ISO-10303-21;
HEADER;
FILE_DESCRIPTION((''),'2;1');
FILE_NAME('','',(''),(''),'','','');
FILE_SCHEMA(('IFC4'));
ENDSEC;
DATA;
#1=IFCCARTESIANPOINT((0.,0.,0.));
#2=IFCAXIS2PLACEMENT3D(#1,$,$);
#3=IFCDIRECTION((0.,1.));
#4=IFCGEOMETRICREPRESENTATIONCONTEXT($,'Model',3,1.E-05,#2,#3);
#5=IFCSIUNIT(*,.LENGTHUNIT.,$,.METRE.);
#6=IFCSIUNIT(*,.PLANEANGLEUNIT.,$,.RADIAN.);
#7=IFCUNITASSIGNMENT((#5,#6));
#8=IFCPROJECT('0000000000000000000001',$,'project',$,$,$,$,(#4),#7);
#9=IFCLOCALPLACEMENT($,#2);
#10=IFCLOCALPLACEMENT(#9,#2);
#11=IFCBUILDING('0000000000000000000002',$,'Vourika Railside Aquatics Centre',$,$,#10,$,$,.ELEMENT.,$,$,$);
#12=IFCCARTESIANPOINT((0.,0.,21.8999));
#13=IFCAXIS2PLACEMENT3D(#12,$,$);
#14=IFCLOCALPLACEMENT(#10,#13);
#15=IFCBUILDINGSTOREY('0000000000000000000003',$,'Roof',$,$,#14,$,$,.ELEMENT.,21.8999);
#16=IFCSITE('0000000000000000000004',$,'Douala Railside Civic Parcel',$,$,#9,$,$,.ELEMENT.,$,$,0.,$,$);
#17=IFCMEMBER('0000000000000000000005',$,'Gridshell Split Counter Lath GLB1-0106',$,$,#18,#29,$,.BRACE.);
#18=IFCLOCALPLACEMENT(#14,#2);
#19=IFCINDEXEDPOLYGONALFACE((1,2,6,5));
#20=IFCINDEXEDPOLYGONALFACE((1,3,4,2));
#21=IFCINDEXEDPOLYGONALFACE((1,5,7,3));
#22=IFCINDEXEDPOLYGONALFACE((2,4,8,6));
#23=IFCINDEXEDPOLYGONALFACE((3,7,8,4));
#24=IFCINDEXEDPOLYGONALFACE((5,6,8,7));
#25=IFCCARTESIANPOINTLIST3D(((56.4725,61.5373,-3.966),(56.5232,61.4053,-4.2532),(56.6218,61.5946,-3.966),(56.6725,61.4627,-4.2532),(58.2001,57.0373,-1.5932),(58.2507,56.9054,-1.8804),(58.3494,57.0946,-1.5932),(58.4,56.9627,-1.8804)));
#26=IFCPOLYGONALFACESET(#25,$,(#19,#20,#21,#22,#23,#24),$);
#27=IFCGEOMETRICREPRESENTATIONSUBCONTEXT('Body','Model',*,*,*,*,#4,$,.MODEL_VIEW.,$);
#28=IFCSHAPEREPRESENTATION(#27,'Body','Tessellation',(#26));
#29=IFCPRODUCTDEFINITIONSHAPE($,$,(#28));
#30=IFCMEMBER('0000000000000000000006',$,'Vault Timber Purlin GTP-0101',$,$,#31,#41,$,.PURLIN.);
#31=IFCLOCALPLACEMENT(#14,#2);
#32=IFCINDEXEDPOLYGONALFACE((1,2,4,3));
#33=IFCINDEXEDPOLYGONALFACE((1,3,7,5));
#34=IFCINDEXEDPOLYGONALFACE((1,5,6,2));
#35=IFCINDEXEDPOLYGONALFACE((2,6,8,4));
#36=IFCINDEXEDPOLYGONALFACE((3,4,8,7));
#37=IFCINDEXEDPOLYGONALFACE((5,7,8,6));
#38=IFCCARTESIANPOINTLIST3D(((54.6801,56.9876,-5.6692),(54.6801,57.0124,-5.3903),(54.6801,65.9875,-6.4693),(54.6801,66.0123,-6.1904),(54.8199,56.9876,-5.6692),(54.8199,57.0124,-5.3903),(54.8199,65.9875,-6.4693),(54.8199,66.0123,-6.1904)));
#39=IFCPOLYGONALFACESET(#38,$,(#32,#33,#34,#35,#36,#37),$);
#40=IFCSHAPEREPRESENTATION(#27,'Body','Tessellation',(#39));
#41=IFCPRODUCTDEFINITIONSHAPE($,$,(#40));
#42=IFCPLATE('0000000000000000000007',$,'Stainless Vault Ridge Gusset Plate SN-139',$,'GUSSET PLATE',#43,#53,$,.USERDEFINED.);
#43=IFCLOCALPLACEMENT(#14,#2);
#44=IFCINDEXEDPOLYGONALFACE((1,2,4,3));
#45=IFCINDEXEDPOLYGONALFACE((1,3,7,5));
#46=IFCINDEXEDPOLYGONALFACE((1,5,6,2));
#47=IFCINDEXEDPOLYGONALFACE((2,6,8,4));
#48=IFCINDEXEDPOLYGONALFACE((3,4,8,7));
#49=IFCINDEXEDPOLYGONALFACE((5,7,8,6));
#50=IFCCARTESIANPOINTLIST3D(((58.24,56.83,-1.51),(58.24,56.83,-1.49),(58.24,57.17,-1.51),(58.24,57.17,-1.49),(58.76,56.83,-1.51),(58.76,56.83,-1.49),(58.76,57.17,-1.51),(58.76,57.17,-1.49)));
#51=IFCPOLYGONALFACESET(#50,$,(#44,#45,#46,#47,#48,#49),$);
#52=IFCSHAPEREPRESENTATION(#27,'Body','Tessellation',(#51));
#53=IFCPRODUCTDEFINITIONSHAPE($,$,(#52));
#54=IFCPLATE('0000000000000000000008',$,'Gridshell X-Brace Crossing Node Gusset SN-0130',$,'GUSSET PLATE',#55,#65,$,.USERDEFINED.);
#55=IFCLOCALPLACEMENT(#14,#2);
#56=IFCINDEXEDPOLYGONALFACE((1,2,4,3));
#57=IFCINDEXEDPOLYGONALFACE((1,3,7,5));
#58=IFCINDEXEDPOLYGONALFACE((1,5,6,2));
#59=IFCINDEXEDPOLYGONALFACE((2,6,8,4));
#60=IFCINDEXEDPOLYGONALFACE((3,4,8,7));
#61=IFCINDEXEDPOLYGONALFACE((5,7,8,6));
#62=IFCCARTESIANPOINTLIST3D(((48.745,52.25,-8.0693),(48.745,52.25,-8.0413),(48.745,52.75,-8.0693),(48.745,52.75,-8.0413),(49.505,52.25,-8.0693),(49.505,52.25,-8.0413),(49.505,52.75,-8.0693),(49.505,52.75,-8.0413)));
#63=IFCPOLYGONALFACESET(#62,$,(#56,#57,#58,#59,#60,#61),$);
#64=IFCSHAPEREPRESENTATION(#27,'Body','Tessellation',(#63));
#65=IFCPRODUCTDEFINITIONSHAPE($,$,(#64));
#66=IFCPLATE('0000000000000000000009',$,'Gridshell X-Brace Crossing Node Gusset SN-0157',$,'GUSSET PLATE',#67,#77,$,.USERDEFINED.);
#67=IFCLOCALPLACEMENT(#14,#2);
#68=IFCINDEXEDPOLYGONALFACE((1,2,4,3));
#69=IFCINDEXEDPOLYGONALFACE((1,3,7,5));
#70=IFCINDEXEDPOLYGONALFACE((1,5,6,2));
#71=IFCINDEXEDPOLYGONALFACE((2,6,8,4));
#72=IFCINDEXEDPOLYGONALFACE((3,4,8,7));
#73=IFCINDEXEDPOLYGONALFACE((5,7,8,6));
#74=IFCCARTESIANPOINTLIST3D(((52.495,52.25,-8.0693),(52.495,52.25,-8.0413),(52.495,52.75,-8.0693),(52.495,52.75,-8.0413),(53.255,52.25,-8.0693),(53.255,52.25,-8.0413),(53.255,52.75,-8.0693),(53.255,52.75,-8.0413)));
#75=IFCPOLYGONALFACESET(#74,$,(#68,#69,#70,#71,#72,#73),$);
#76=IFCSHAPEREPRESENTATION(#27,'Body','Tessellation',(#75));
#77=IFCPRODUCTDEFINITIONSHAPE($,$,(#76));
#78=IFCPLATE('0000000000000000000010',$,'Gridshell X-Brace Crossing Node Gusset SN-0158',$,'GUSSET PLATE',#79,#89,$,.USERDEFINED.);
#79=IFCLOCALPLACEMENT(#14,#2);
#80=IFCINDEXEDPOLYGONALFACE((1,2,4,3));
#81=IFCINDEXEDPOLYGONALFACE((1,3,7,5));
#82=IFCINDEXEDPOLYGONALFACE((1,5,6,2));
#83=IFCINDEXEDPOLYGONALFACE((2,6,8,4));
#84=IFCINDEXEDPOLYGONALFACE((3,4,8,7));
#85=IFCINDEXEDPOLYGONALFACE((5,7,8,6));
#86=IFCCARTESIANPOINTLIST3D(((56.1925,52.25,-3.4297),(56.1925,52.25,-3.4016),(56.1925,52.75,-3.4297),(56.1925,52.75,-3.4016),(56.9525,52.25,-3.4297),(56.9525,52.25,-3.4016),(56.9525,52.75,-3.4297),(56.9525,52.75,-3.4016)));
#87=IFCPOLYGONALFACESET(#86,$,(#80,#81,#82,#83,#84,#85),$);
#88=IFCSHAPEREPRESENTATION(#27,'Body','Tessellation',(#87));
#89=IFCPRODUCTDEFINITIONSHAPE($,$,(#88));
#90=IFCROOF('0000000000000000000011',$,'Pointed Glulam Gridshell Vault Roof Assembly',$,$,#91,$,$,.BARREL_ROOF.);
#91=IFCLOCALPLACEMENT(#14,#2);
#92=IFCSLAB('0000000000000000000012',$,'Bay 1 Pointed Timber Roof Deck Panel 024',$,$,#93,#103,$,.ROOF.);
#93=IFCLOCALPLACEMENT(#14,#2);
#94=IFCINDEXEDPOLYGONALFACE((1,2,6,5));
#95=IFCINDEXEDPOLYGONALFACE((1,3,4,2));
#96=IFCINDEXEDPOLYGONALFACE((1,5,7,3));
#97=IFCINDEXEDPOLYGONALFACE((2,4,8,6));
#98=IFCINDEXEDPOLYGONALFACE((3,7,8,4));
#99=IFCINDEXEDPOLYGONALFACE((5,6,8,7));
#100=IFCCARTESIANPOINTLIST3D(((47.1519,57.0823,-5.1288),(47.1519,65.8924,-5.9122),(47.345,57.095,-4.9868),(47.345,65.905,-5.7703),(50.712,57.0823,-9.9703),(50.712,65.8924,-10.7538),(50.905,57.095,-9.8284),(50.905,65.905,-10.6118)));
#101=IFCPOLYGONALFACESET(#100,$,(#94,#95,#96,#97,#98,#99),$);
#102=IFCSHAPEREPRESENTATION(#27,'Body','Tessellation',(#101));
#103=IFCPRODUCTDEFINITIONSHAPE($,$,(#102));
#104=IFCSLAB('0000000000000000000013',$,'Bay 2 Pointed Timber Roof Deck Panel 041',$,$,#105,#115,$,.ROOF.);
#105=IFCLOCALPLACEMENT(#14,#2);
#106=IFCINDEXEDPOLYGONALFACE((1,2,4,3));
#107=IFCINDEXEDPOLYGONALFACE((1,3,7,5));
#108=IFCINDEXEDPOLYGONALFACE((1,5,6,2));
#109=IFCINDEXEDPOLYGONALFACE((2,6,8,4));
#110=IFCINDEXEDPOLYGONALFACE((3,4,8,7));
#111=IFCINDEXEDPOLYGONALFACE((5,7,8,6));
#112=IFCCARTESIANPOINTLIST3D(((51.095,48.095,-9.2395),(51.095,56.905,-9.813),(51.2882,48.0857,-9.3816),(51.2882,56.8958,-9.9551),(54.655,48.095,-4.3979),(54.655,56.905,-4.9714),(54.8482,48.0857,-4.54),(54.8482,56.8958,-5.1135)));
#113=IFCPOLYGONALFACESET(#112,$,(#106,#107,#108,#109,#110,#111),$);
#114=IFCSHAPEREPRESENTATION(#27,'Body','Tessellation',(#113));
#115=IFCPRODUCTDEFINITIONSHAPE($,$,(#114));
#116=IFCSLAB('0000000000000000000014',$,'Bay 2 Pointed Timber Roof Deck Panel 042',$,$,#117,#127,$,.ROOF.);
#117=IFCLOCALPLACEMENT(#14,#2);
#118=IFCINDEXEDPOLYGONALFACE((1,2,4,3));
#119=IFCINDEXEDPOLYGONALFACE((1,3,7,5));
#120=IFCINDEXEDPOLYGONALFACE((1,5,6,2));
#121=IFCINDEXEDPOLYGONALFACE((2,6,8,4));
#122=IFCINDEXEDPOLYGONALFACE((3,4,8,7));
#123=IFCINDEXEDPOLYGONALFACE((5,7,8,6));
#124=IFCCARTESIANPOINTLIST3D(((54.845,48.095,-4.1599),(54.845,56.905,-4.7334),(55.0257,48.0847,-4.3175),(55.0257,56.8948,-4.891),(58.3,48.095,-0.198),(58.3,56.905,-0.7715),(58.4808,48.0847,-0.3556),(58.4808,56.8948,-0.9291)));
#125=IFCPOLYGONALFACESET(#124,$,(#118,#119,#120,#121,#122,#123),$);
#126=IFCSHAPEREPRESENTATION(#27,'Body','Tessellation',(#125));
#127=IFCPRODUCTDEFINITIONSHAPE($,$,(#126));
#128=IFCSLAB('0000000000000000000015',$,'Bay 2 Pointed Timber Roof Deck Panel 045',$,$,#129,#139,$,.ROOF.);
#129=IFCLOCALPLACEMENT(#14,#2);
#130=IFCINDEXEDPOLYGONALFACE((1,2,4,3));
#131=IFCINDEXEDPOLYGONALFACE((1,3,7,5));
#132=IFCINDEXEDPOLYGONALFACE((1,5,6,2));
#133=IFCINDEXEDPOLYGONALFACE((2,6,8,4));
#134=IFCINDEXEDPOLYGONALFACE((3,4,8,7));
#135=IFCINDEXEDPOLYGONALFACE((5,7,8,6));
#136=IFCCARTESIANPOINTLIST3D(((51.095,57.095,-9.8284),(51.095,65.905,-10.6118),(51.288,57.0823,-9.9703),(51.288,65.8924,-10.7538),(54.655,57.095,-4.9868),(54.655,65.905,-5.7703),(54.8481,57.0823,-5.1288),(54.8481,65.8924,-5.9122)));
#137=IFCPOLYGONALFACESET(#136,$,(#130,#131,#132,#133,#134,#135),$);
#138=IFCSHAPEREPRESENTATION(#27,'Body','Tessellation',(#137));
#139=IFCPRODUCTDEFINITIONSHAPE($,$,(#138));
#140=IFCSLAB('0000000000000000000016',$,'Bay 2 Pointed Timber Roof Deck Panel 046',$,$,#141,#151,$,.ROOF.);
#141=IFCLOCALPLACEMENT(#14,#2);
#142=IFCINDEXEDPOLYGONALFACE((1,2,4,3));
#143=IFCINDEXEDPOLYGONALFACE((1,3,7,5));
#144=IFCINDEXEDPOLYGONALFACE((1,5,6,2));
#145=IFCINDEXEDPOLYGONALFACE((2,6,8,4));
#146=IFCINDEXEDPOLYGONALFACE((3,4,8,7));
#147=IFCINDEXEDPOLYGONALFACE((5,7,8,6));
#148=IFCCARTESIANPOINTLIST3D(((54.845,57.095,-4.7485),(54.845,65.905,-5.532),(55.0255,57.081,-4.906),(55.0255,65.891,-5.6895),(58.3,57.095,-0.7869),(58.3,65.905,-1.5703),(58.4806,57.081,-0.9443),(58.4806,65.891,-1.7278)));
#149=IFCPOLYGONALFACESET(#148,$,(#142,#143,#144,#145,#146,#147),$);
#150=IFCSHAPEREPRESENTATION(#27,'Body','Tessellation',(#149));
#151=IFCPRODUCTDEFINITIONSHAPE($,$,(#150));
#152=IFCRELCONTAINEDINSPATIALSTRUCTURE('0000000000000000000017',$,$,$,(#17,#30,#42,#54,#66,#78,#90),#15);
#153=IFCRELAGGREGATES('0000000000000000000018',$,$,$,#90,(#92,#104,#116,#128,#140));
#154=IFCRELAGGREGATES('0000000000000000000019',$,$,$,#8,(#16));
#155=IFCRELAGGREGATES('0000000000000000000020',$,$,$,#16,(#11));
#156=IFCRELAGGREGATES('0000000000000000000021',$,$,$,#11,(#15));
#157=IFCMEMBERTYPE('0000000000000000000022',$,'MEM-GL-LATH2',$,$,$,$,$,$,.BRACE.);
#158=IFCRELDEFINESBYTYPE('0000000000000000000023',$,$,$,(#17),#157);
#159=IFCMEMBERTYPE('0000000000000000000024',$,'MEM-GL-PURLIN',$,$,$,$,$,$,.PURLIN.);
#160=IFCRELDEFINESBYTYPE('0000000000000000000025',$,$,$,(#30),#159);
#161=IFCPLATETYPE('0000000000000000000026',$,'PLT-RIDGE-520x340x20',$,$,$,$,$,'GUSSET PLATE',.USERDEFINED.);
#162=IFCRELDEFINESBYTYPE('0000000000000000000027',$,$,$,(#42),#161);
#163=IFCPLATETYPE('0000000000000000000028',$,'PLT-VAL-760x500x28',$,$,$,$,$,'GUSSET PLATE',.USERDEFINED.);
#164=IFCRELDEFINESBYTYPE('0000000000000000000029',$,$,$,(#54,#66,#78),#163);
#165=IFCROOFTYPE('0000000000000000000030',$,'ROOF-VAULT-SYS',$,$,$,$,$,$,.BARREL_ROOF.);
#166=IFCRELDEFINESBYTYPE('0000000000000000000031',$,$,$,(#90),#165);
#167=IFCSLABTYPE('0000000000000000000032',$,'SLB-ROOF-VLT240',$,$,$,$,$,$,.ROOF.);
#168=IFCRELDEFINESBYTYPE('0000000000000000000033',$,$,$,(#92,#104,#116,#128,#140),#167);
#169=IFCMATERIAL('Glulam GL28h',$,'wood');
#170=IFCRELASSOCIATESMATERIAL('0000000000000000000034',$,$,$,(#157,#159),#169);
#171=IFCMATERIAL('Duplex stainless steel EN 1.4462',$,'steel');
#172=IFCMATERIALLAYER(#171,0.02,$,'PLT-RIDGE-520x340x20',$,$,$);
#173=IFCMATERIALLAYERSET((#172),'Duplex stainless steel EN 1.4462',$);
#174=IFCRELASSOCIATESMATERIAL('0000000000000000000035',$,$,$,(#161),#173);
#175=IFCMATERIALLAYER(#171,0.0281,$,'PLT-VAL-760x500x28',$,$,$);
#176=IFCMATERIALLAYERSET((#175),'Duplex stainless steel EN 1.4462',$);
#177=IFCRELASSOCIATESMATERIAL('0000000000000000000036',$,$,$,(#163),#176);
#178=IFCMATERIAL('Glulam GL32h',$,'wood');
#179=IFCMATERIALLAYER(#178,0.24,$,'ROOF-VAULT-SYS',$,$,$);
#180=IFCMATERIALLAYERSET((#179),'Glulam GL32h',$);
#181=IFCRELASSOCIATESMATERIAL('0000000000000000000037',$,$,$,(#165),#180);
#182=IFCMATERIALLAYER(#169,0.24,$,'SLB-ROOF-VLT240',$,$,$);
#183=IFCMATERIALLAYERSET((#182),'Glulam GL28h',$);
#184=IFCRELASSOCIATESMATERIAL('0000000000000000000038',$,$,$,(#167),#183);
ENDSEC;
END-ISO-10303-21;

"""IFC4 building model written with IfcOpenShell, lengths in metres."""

from ifc_helpers import new_model, si_unit, direction, frame, origin, origin_2d, place, context, subcontext, project, spatial, polyline, rectangle, outline, extrude, material, layer, layer_set, material_profile, profile_set, type_object, element, aggregate, save


model = new_model("IFC4")

# Units and contexts
model_context = context("Model", 3, precision=1e-05, world=origin(), true_north=direction((0.0, 1.0)))
body_context = subcontext(model_context, "Body", "Model", "MODEL_VIEW")
ifc_project = project(units=[si_unit("LENGTHUNIT", "METRE"), si_unit("PLANEANGLEUNIT", "RADIAN")], contexts=[model_context])

# Site, building, storey
site_placement = place(None, origin())
site = spatial("IfcSite", under=ifc_project, at=site_placement, Name="Douala Railside Civic Parcel", CompositionType="ELEMENT", RefElevation=0.0)
building_placement = place(site_placement, origin())
building = spatial("IfcBuilding", under=site, at=building_placement, Name="Vourika Railside Aquatics Centre", CompositionType="ELEMENT")
storey_placement = place(building_placement, frame((0.0, 0.0, 21.8999)))
storey = spatial("IfcBuildingStorey", under=building, at=storey_placement, Name="Roof", CompositionType="ELEMENT", Elevation=21.8999)

# Shared definitions
ifc_material_1 = material(Name="Glulam GL32h", Category="wood")

# Members
ifc_material_2 = material(Name="Glulam GL28h", Category="wood")
ifc_material_profile_1 = material_profile(ifc_material_2, rectangle(XDim=0.1599, YDim=0.3201, at=origin_2d()), Name="GL28h 160x320")
ifc_profile_set_1 = profile_set([ifc_material_profile_1], Name="Glulam GL28h")
member_type_1 = type_object("IfcMemberType", Name="MEM-GL-LATH2", PredefinedType="BRACE", material=ifc_profile_set_1)
member_1_placement = place(storey_placement, frame((58.3, 57.0, -1.7368), z_axis=(-0.321548, 0.837587, -0.441651), x_axis=(-0.93357, -0.358395, 0.0)))
element("IfcMember", 1, at=member_1_placement, inside=storey, type_object=member_type_1, Name="Gridshell Split Counter Lath GLB1-0106", PredefinedType="BRACE", context=body_context, shape_type="SweptSolid", body=[
    extrude(rectangle(XDim=0.1599, YDim=0.3201, at=origin_2d()), origin(), (0.0, 0.0, 1.0), 5.3726),
])
ifc_material_profile_2 = material_profile(ifc_material_2, rectangle(XDim=0.1399, YDim=0.28, at=origin_2d()), Name="GL28h 140x280")
ifc_profile_set_2 = profile_set([ifc_material_profile_2], Name="Glulam GL28h")
member_type_2 = type_object("IfcMemberType", Name="MEM-GL-PURLIN", PredefinedType="PURLIN", material=ifc_profile_set_2)
member_2_placement = place(storey_placement, frame((54.75, 57.0, -5.5298), z_axis=(0.0, 0.996072, -0.088545), x_axis=(-1.0, 0.0, 0.0)))
element("IfcMember", 2, at=member_2_placement, inside=storey, type_object=member_type_2, Name="Vault Timber Purlin GTP-0101", PredefinedType="PURLIN", context=body_context, shape_type="SweptSolid", body=[
    extrude(rectangle(XDim=0.1399, YDim=0.28, at=origin_2d()), origin(), (0.0, 0.0, 1.0), 9.0354),
])

# Plates
ifc_material_3 = material(Name="Duplex stainless steel EN 1.4462", Category="steel")
ifc_layer_1 = layer(ifc_material_3, 0.02, Name="PLT-RIDGE-520x340x20")
ifc_layer_set_1 = layer_set([ifc_layer_1], Name="Duplex stainless steel EN 1.4462")
plate_type_1 = type_object("IfcPlateType", Name="PLT-RIDGE-520x340x20", ElementType="GUSSET PLATE", PredefinedType="USERDEFINED", material=ifc_layer_set_1)
plate_placement = place(storey_placement, frame((58.5, 57.0, -1.51), z_axis=(0.0, 0.0, 1.0), x_axis=(1.0, 0.0, 0.0)))
element("IfcPlate", 3, at=plate_placement, inside=storey, type_object=plate_type_1, Name="Stainless Vault Ridge Gusset Plate SN-139", ObjectType="GUSSET PLATE", PredefinedType="USERDEFINED", context=body_context, shape_type="SweptSolid", body=[
    extrude(rectangle(XDim=0.52, YDim=0.3401, at=origin_2d()), origin(), (0.0, 0.0, 1.0), 0.02),
])
ifc_layer_2 = layer(ifc_material_3, 0.0281, Name="PLT-VAL-760x500x28")
ifc_layer_set_2 = layer_set([ifc_layer_2], Name="Duplex stainless steel EN 1.4462")
plate_type_2 = type_object("IfcPlateType", Name="PLT-VAL-760x500x28", ElementType="GUSSET PLATE", PredefinedType="USERDEFINED", material=ifc_layer_set_2)
for number, where, z_axis, x_axis, name in (
    (4, (49.125, 52.5, -8.0693), (0.0, 0.0, 1.0), (1.0, 0.0, 0.0), "Gridshell X-Brace Crossing Node Gusset SN-0130"),
    (5, (52.875, 52.5, -8.0693), (0.0, 0.0, 1.0), (1.0, 0.0, 0.0), "Gridshell X-Brace Crossing Node Gusset SN-0157"),
    (6, (56.5725, 52.5, -3.4297), (0.0, 0.0, 1.0), (1.0, 0.0, 0.0), "Gridshell X-Brace Crossing Node Gusset SN-0158"),
):
    element("IfcPlate", number, at=place(storey_placement, frame(where, z_axis=z_axis, x_axis=x_axis)), inside=storey, type_object=plate_type_2, Name=name, ObjectType="GUSSET PLATE", PredefinedType="USERDEFINED", context=body_context, shape_type="SweptSolid", body=[
        extrude(rectangle(XDim=0.76, YDim=0.5, at=origin_2d()), origin(), (0.0, 0.0, 1.0), 0.0281),
    ])

# Roof, slabs
ifc_layer_3 = layer(ifc_material_1, 0.24, Name="ROOF-VAULT-SYS")
ifc_layer_set_3 = layer_set([ifc_layer_3], Name="Glulam GL32h")
roof_type = type_object("IfcRoofType", Name="ROOF-VAULT-SYS", PredefinedType="BARREL_ROOF", material=ifc_layer_set_3)
roof_placement = place(storey_placement, origin())
roof = element("IfcRoof", 7, at=roof_placement, inside=storey, type_object=roof_type, Name="Pointed Glulam Gridshell Vault Roof Assembly", PredefinedType="BARREL_ROOF")
ifc_layer_4 = layer(ifc_material_2, 0.24, Name="SLB-ROOF-VLT240")
ifc_layer_set_4 = layer_set([ifc_layer_4], Name="Glulam GL28h")
slab_type = type_object("IfcSlabType", Name="SLB-ROOF-VLT240", PredefinedType="ROOF", material=ifc_layer_set_4)
slab_1_placement = place(storey_placement, frame((47.345, 57.095, -4.9868), z_axis=(0.804528, 0.052607, 0.59158), x_axis=(0.592401, 0.0, -0.805644)))
slab_1 = element("IfcSlab", 8, at=slab_1_placement, type_object=slab_type, Name="Bay 1 Pointed Timber Roof Deck Panel 024", PredefinedType="ROOF", context=body_context, shape_type="SweptSolid", body=[
    extrude(outline(polyline([(0.0, 0.0), (6.0095, 0.0), (6.6407, 8.8223), (0.6312, 8.8223), (0.0, 0.0)])), origin(), (0.0, 0.0, -1.0), 0.24),
])
slab_2_placement = place(storey_placement, frame((51.095, 48.095, -9.2395), z_axis=(-0.805045, 0.038533, 0.591961), x_axis=(0.592401, 0.0, 0.805644)))
slab_2 = element("IfcSlab", 9, at=slab_2_placement, type_object=slab_type, Name="Bay 2 Pointed Timber Roof Deck Panel 041", PredefinedType="ROOF", context=body_context, shape_type="SweptSolid", body=[
    extrude(outline(polyline([(0.0, 0.0), (6.0095, 0.0), (5.5475, 8.8166), (-0.462, 8.8166), (0.0, 0.0)])), origin(), (0.0, 0.0, -1.0), 0.24),
])
slab_3_placement = place(storey_placement, frame((54.845, 48.095, -4.1599), z_axis=(-0.75298, 0.042745, 0.656654), x_axis=(0.657254, 0.0, 0.753669)))
slab_3 = element("IfcSlab", 10, at=slab_3_placement, type_object=slab_type, Name="Bay 2 Pointed Timber Roof Deck Panel 042", PredefinedType="ROOF", context=body_context, shape_type="SweptSolid", body=[
    extrude(outline(polyline([(0.0, 0.0), (5.2568, 0.0), (4.8246, 8.8181), (-0.4322, 8.8181), (0.0, 0.0)])), origin(), (0.0, 0.0, -1.0), 0.24),
])
slab_4_placement = place(storey_placement, frame((51.095, 57.095, -9.8284), z_axis=(-0.804528, 0.052607, 0.59158), x_axis=(0.592401, 0.0, 0.805644)))
slab_4 = element("IfcSlab", 11, at=slab_4_placement, type_object=slab_type, Name="Bay 2 Pointed Timber Roof Deck Panel 045", PredefinedType="ROOF", context=body_context, shape_type="SweptSolid", body=[
    extrude(outline(polyline([(0.0, 0.0), (6.0095, 0.0), (5.3784, 8.8223), (-0.6312, 8.8223), (0.0, 0.0)])), origin(), (0.0, 0.0, -1.0), 0.24),
])
slab_5_placement = place(storey_placement, frame((54.845, 57.095, -4.7485), z_axis=(-0.752365, 0.05835, 0.656157), x_axis=(0.657277, 0.0, 0.753649)))
slab_5 = element("IfcSlab", 12, at=slab_5_placement, type_object=slab_type, Name="Bay 2 Pointed Timber Roof Deck Panel 046", PredefinedType="ROOF", context=body_context, shape_type="SweptSolid", body=[
    extrude(outline(polyline([(0.0, 0.0), (5.2567, 0.0), (4.6662, 8.8251), (-0.5904, 8.8251), (0.0, 0.0)])), origin(), (0.0, 0.0, -1.0), 0.24),
])
aggregate(roof, [slab_1, slab_2, slab_3, slab_4, slab_5])

save(model, "model.ifc")
